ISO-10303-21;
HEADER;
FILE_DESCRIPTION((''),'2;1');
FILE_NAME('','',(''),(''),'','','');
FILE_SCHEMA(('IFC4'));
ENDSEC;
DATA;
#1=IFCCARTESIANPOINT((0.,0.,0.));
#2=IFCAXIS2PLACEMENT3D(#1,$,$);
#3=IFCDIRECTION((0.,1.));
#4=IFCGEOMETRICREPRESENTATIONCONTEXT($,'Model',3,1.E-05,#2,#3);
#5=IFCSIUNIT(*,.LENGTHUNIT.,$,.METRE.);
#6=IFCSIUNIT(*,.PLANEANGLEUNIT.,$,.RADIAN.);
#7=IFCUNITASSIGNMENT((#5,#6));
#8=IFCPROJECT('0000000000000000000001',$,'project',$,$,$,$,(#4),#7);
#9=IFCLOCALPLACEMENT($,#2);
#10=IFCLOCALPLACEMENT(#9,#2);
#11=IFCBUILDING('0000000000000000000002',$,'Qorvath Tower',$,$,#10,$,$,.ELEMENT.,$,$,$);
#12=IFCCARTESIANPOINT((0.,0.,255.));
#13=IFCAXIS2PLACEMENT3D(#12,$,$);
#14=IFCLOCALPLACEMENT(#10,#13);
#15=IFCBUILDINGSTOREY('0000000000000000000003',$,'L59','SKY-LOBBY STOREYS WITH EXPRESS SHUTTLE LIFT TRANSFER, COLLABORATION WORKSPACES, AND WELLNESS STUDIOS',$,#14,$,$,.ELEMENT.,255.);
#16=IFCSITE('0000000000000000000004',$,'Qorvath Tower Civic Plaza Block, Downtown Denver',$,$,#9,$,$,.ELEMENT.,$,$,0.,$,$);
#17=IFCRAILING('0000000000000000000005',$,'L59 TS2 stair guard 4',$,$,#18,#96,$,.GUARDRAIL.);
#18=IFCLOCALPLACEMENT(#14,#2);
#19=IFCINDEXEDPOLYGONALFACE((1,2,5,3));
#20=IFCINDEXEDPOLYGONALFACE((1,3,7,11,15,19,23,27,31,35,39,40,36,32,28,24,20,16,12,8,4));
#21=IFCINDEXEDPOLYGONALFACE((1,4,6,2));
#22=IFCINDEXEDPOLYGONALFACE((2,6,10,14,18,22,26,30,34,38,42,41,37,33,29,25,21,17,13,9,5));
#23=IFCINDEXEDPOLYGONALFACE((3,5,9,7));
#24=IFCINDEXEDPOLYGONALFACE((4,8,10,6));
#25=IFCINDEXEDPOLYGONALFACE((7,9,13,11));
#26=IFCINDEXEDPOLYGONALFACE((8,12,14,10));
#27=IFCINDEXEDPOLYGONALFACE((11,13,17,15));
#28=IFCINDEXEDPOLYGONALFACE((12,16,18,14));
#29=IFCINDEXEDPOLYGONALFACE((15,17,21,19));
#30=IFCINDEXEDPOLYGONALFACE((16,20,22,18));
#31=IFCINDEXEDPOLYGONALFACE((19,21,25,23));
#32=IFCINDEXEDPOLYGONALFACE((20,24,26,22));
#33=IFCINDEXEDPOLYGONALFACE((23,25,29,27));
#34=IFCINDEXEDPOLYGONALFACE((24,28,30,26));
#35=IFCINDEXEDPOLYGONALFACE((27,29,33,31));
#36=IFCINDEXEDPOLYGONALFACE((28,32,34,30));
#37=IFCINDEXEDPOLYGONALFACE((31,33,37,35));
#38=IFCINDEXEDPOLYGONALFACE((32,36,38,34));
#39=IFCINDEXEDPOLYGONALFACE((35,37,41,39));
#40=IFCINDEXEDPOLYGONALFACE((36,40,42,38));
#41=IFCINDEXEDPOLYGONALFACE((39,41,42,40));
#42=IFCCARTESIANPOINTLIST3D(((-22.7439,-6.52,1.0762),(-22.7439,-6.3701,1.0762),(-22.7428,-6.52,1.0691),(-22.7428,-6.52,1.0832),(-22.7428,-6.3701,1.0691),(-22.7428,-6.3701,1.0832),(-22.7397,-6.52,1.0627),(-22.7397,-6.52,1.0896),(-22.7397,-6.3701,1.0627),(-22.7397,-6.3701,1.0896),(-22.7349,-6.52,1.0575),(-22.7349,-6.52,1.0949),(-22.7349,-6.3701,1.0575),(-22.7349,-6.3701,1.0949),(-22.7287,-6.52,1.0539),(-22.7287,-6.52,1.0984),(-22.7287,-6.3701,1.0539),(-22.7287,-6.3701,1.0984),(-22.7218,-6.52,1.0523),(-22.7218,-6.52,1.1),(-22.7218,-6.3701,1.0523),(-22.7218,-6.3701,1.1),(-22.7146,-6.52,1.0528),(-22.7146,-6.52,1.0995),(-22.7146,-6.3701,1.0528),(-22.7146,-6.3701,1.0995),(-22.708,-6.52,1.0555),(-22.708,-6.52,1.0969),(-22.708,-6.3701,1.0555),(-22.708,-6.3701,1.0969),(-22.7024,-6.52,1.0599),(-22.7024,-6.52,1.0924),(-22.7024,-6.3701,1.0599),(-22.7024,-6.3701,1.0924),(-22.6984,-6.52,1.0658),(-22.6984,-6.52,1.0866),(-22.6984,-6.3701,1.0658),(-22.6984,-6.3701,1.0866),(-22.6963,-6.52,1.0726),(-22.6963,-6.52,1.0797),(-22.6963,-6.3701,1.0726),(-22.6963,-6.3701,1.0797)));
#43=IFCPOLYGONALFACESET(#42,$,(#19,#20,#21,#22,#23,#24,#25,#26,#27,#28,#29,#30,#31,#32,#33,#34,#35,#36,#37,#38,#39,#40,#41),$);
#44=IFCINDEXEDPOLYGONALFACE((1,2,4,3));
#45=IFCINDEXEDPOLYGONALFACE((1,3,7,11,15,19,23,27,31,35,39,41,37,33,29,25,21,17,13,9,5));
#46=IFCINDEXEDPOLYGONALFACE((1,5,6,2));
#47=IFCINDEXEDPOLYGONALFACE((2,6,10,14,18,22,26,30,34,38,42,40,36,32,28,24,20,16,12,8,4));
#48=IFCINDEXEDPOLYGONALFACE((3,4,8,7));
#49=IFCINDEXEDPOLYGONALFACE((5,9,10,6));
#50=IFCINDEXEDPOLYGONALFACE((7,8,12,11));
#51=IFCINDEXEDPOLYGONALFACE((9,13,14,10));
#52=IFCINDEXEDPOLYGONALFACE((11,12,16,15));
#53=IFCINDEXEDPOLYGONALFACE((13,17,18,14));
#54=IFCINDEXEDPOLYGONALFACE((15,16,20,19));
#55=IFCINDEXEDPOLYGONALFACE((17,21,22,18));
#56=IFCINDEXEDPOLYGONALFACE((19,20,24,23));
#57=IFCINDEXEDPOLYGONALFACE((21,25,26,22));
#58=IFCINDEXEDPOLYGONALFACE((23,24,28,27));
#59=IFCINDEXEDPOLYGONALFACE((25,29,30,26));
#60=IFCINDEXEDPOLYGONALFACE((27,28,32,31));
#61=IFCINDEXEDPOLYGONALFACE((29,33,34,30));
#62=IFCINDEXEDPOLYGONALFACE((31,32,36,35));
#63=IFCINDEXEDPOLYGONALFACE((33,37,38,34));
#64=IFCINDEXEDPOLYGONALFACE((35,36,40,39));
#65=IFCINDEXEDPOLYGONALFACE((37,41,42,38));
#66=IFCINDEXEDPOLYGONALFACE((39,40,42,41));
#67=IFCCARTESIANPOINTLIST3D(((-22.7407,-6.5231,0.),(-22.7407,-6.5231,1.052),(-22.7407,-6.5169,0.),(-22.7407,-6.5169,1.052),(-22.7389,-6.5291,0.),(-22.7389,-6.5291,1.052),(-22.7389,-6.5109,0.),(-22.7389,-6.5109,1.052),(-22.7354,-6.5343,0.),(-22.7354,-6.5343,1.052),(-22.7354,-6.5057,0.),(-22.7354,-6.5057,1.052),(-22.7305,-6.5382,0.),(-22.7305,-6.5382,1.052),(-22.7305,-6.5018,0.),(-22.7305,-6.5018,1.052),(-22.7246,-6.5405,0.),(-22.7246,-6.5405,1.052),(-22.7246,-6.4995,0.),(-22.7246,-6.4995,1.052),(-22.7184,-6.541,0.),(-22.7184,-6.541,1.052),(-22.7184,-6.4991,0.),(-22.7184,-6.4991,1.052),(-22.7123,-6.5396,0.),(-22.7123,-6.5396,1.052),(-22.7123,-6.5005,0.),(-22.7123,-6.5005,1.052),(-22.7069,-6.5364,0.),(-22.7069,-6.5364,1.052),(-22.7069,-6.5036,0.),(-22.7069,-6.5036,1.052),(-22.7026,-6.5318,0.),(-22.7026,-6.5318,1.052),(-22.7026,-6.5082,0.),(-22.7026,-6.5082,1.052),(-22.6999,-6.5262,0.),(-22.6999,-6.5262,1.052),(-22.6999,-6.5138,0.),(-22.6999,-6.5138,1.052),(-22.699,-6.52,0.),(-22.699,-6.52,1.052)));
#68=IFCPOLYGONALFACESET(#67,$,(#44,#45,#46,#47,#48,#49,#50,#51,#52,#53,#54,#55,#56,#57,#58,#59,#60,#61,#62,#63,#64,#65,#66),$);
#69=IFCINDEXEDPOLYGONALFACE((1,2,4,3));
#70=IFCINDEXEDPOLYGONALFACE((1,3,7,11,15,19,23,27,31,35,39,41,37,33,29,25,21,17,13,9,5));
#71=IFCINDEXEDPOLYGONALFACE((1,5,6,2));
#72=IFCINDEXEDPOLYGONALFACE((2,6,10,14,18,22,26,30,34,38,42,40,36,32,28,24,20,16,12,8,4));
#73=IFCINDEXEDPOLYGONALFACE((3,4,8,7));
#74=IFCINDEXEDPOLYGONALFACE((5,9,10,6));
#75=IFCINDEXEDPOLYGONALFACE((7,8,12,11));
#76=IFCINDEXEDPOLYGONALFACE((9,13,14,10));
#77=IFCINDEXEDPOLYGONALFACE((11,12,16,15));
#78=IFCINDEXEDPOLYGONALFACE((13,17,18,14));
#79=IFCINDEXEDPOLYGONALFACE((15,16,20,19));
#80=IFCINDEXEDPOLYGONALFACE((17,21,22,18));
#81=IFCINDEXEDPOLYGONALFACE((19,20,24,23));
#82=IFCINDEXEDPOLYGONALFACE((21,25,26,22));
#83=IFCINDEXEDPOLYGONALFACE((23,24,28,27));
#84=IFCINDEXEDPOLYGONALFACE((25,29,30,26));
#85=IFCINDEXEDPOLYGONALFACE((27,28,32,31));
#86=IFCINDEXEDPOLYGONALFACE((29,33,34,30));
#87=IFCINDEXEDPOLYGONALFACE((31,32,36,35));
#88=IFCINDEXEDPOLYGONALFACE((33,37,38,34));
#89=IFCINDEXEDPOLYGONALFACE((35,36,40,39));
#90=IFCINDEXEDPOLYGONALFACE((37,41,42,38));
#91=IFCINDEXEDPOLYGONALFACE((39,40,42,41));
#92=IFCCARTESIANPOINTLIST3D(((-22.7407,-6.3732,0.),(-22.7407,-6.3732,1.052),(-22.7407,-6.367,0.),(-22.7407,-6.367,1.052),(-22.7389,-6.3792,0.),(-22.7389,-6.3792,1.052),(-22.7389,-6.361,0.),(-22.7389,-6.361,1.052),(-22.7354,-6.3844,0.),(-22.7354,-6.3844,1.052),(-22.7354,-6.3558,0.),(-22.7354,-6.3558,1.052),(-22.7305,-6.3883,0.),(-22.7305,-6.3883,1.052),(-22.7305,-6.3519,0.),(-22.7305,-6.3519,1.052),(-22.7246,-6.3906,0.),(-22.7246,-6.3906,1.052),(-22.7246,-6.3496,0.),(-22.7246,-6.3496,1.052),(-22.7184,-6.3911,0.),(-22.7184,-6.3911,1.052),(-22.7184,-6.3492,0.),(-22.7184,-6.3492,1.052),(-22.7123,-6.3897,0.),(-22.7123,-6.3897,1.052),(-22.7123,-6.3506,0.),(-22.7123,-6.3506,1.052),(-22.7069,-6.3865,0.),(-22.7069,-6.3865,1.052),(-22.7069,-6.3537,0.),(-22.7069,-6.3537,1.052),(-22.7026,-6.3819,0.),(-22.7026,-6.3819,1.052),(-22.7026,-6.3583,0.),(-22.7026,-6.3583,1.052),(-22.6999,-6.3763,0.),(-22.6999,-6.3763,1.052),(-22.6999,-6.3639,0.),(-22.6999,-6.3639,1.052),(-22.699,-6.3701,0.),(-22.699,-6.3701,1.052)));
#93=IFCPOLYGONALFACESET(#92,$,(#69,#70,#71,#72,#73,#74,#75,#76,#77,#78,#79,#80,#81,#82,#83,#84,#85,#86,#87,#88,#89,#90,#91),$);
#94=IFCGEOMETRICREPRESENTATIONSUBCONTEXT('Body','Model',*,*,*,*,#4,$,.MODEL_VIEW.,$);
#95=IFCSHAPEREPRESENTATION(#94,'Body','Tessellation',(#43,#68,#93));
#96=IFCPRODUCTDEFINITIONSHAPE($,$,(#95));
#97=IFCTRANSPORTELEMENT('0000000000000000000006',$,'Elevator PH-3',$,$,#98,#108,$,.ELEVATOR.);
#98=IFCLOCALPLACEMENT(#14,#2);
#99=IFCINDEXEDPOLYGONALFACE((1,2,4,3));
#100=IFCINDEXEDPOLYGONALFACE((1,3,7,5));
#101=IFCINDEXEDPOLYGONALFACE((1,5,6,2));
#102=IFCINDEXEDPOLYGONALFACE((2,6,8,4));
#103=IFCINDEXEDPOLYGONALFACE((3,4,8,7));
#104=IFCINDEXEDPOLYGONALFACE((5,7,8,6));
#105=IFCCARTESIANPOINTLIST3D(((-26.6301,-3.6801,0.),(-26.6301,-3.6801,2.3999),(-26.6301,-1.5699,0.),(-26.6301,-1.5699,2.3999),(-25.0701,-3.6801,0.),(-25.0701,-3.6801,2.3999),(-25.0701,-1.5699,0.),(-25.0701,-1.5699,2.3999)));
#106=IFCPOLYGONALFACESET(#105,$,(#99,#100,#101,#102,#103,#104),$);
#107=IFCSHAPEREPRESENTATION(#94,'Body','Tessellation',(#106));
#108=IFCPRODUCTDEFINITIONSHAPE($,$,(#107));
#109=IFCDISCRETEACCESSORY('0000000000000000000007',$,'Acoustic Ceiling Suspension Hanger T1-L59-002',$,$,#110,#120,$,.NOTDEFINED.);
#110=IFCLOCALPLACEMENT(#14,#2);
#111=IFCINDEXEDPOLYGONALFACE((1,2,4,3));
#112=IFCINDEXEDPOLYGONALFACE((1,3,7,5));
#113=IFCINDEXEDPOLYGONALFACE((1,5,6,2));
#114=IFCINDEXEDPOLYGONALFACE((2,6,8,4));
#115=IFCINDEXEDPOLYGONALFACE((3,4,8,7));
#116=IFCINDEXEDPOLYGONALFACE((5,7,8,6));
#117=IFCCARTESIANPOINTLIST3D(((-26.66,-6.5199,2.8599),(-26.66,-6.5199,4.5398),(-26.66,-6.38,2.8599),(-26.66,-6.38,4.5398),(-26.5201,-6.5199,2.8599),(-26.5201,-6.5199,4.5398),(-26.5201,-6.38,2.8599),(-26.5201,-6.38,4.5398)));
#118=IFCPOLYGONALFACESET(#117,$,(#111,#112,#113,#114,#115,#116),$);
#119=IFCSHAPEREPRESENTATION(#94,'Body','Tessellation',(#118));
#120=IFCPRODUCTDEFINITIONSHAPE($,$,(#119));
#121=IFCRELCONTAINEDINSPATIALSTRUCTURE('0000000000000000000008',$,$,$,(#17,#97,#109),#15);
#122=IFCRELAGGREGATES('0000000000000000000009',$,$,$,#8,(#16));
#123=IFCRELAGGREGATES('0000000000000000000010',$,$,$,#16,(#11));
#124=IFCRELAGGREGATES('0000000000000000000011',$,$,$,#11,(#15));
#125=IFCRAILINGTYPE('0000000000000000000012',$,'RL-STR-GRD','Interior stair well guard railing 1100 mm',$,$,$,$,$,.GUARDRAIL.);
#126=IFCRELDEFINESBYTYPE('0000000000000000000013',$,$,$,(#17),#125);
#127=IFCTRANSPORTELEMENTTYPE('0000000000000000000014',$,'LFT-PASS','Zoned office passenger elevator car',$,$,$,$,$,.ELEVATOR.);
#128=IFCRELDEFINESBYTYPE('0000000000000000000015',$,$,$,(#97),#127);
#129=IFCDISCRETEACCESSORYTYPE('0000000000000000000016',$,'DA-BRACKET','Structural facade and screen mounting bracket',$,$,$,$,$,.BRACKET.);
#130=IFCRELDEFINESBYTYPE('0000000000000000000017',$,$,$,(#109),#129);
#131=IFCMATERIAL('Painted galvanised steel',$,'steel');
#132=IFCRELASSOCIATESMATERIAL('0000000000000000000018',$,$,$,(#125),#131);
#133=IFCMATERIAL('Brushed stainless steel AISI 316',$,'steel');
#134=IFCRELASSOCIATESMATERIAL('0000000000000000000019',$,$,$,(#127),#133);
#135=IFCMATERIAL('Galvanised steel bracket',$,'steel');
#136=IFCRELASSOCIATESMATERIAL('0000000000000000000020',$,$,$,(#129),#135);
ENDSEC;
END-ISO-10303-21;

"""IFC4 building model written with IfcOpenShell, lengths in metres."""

from ifc_helpers import new_model, si_unit, direction, frame, origin, origin_2d, place, context, subcontext, project, spatial, rectangle, circle, extrude, material, type_object, element, save


model = new_model("IFC4")

# Units and contexts
model_context = context("Model", 3, precision=1e-05, world=origin(), true_north=direction((0.0, 1.0)))
body_context = subcontext(model_context, "Body", "Model", "MODEL_VIEW")
ifc_project = project(units=[si_unit("LENGTHUNIT", "METRE"), si_unit("PLANEANGLEUNIT", "RADIAN")], contexts=[model_context])

# Site, building, storey
site_placement = place(None, origin())
site = spatial("IfcSite", under=ifc_project, at=site_placement, Name="Qorvath Tower Civic Plaza Block, Downtown Denver", CompositionType="ELEMENT", RefElevation=0.0)
building_placement = place(site_placement, origin())
building = spatial("IfcBuilding", under=site, at=building_placement, Name="Qorvath Tower", CompositionType="ELEMENT")
storey_placement = place(building_placement, frame((0.0, 0.0, 255.0)))
storey = spatial("IfcBuildingStorey", under=building, at=storey_placement, Name="L59", Description="SKY-LOBBY STOREYS WITH EXPRESS SHUTTLE LIFT TRANSFER, COLLABORATION WORKSPACES, AND WELLNESS STUDIOS", CompositionType="ELEMENT", Elevation=255.0)

# Railing
ifc_material_1 = material(Name="Painted galvanised steel", Category="steel")
railing_type = type_object("IfcRailingType", Name="RL-STR-GRD", Description="Interior stair well guard railing 1100 mm", PredefinedType="GUARDRAIL", material=ifc_material_1)
railing_1_placement = place(storey_placement, frame((-22.72, -6.52, 0.0)))
element("IfcRailing", 1, at=railing_1_placement, inside=storey, type_object=railing_type, Name="L59 TS2 stair guard 4", PredefinedType="GUARDRAIL", context=body_context, shape_type="SweptSolid", body=[
    extrude(circle(Radius=0.0239, at=origin_2d()), frame((0.0, 0.0, 1.0762), z_axis=(0.0, 1.0, 0.0), x_axis=(-1.0, 0.0, 0.0)), (0.0, 0.0, 1.0), 0.1499),
    extrude(circle(Radius=0.021, at=origin_2d()), origin(), (0.0, 0.0, 1.0), 1.052),
    extrude(circle(Radius=0.021, at=origin_2d()), frame((0.0, 0.1499, 0.0)), (0.0, 0.0, 1.0), 1.052),
])

# Transport element
ifc_material_2 = material(Name="Brushed stainless steel AISI 316", Category="steel")
transport_element_type = type_object("IfcTransportElementType", Name="LFT-PASS", Description="Zoned office passenger elevator car", PredefinedType="ELEVATOR", material=ifc_material_2)
transport_element_placement = place(storey_placement, frame((-25.8501, -2.625, 0.0), z_axis=(0.0, 0.0, 1.0), x_axis=(1.0, 0.0, 0.0)))
element("IfcTransportElement", 2, at=transport_element_placement, inside=storey, type_object=transport_element_type, Name="Elevator PH-3", PredefinedType="ELEVATOR", context=body_context, shape_type="SweptSolid", body=[
    extrude(rectangle(XDim=1.5601, YDim=2.1101, at=origin_2d()), origin(), (0.0, 0.0, 1.0), 2.3999),
])

# Discrete accessory
ifc_material_3 = material(Name="Galvanised steel bracket", Category="steel")
discrete_accessory_type = type_object("IfcDiscreteAccessoryType", Name="DA-BRACKET", Description="Structural facade and screen mounting bracket", PredefinedType="BRACKET", material=ifc_material_3)
discrete_accessory_placement = place(storey_placement, frame((-26.5901, -6.45, 2.8599), z_axis=(0.0, 0.0, 1.0), x_axis=(1.0, 0.0, 0.0)))
element("IfcDiscreteAccessory", 3, at=discrete_accessory_placement, inside=storey, type_object=discrete_accessory_type, Name="Acoustic Ceiling Suspension Hanger T1-L59-002", PredefinedType="NOTDEFINED", context=body_context, shape_type="SweptSolid", body=[
    extrude(rectangle(XDim=0.1399, YDim=0.1399, at=origin_2d()), origin(), (0.0, 0.0, 1.0), 1.6799),
])

save(model, "model.ifc")
